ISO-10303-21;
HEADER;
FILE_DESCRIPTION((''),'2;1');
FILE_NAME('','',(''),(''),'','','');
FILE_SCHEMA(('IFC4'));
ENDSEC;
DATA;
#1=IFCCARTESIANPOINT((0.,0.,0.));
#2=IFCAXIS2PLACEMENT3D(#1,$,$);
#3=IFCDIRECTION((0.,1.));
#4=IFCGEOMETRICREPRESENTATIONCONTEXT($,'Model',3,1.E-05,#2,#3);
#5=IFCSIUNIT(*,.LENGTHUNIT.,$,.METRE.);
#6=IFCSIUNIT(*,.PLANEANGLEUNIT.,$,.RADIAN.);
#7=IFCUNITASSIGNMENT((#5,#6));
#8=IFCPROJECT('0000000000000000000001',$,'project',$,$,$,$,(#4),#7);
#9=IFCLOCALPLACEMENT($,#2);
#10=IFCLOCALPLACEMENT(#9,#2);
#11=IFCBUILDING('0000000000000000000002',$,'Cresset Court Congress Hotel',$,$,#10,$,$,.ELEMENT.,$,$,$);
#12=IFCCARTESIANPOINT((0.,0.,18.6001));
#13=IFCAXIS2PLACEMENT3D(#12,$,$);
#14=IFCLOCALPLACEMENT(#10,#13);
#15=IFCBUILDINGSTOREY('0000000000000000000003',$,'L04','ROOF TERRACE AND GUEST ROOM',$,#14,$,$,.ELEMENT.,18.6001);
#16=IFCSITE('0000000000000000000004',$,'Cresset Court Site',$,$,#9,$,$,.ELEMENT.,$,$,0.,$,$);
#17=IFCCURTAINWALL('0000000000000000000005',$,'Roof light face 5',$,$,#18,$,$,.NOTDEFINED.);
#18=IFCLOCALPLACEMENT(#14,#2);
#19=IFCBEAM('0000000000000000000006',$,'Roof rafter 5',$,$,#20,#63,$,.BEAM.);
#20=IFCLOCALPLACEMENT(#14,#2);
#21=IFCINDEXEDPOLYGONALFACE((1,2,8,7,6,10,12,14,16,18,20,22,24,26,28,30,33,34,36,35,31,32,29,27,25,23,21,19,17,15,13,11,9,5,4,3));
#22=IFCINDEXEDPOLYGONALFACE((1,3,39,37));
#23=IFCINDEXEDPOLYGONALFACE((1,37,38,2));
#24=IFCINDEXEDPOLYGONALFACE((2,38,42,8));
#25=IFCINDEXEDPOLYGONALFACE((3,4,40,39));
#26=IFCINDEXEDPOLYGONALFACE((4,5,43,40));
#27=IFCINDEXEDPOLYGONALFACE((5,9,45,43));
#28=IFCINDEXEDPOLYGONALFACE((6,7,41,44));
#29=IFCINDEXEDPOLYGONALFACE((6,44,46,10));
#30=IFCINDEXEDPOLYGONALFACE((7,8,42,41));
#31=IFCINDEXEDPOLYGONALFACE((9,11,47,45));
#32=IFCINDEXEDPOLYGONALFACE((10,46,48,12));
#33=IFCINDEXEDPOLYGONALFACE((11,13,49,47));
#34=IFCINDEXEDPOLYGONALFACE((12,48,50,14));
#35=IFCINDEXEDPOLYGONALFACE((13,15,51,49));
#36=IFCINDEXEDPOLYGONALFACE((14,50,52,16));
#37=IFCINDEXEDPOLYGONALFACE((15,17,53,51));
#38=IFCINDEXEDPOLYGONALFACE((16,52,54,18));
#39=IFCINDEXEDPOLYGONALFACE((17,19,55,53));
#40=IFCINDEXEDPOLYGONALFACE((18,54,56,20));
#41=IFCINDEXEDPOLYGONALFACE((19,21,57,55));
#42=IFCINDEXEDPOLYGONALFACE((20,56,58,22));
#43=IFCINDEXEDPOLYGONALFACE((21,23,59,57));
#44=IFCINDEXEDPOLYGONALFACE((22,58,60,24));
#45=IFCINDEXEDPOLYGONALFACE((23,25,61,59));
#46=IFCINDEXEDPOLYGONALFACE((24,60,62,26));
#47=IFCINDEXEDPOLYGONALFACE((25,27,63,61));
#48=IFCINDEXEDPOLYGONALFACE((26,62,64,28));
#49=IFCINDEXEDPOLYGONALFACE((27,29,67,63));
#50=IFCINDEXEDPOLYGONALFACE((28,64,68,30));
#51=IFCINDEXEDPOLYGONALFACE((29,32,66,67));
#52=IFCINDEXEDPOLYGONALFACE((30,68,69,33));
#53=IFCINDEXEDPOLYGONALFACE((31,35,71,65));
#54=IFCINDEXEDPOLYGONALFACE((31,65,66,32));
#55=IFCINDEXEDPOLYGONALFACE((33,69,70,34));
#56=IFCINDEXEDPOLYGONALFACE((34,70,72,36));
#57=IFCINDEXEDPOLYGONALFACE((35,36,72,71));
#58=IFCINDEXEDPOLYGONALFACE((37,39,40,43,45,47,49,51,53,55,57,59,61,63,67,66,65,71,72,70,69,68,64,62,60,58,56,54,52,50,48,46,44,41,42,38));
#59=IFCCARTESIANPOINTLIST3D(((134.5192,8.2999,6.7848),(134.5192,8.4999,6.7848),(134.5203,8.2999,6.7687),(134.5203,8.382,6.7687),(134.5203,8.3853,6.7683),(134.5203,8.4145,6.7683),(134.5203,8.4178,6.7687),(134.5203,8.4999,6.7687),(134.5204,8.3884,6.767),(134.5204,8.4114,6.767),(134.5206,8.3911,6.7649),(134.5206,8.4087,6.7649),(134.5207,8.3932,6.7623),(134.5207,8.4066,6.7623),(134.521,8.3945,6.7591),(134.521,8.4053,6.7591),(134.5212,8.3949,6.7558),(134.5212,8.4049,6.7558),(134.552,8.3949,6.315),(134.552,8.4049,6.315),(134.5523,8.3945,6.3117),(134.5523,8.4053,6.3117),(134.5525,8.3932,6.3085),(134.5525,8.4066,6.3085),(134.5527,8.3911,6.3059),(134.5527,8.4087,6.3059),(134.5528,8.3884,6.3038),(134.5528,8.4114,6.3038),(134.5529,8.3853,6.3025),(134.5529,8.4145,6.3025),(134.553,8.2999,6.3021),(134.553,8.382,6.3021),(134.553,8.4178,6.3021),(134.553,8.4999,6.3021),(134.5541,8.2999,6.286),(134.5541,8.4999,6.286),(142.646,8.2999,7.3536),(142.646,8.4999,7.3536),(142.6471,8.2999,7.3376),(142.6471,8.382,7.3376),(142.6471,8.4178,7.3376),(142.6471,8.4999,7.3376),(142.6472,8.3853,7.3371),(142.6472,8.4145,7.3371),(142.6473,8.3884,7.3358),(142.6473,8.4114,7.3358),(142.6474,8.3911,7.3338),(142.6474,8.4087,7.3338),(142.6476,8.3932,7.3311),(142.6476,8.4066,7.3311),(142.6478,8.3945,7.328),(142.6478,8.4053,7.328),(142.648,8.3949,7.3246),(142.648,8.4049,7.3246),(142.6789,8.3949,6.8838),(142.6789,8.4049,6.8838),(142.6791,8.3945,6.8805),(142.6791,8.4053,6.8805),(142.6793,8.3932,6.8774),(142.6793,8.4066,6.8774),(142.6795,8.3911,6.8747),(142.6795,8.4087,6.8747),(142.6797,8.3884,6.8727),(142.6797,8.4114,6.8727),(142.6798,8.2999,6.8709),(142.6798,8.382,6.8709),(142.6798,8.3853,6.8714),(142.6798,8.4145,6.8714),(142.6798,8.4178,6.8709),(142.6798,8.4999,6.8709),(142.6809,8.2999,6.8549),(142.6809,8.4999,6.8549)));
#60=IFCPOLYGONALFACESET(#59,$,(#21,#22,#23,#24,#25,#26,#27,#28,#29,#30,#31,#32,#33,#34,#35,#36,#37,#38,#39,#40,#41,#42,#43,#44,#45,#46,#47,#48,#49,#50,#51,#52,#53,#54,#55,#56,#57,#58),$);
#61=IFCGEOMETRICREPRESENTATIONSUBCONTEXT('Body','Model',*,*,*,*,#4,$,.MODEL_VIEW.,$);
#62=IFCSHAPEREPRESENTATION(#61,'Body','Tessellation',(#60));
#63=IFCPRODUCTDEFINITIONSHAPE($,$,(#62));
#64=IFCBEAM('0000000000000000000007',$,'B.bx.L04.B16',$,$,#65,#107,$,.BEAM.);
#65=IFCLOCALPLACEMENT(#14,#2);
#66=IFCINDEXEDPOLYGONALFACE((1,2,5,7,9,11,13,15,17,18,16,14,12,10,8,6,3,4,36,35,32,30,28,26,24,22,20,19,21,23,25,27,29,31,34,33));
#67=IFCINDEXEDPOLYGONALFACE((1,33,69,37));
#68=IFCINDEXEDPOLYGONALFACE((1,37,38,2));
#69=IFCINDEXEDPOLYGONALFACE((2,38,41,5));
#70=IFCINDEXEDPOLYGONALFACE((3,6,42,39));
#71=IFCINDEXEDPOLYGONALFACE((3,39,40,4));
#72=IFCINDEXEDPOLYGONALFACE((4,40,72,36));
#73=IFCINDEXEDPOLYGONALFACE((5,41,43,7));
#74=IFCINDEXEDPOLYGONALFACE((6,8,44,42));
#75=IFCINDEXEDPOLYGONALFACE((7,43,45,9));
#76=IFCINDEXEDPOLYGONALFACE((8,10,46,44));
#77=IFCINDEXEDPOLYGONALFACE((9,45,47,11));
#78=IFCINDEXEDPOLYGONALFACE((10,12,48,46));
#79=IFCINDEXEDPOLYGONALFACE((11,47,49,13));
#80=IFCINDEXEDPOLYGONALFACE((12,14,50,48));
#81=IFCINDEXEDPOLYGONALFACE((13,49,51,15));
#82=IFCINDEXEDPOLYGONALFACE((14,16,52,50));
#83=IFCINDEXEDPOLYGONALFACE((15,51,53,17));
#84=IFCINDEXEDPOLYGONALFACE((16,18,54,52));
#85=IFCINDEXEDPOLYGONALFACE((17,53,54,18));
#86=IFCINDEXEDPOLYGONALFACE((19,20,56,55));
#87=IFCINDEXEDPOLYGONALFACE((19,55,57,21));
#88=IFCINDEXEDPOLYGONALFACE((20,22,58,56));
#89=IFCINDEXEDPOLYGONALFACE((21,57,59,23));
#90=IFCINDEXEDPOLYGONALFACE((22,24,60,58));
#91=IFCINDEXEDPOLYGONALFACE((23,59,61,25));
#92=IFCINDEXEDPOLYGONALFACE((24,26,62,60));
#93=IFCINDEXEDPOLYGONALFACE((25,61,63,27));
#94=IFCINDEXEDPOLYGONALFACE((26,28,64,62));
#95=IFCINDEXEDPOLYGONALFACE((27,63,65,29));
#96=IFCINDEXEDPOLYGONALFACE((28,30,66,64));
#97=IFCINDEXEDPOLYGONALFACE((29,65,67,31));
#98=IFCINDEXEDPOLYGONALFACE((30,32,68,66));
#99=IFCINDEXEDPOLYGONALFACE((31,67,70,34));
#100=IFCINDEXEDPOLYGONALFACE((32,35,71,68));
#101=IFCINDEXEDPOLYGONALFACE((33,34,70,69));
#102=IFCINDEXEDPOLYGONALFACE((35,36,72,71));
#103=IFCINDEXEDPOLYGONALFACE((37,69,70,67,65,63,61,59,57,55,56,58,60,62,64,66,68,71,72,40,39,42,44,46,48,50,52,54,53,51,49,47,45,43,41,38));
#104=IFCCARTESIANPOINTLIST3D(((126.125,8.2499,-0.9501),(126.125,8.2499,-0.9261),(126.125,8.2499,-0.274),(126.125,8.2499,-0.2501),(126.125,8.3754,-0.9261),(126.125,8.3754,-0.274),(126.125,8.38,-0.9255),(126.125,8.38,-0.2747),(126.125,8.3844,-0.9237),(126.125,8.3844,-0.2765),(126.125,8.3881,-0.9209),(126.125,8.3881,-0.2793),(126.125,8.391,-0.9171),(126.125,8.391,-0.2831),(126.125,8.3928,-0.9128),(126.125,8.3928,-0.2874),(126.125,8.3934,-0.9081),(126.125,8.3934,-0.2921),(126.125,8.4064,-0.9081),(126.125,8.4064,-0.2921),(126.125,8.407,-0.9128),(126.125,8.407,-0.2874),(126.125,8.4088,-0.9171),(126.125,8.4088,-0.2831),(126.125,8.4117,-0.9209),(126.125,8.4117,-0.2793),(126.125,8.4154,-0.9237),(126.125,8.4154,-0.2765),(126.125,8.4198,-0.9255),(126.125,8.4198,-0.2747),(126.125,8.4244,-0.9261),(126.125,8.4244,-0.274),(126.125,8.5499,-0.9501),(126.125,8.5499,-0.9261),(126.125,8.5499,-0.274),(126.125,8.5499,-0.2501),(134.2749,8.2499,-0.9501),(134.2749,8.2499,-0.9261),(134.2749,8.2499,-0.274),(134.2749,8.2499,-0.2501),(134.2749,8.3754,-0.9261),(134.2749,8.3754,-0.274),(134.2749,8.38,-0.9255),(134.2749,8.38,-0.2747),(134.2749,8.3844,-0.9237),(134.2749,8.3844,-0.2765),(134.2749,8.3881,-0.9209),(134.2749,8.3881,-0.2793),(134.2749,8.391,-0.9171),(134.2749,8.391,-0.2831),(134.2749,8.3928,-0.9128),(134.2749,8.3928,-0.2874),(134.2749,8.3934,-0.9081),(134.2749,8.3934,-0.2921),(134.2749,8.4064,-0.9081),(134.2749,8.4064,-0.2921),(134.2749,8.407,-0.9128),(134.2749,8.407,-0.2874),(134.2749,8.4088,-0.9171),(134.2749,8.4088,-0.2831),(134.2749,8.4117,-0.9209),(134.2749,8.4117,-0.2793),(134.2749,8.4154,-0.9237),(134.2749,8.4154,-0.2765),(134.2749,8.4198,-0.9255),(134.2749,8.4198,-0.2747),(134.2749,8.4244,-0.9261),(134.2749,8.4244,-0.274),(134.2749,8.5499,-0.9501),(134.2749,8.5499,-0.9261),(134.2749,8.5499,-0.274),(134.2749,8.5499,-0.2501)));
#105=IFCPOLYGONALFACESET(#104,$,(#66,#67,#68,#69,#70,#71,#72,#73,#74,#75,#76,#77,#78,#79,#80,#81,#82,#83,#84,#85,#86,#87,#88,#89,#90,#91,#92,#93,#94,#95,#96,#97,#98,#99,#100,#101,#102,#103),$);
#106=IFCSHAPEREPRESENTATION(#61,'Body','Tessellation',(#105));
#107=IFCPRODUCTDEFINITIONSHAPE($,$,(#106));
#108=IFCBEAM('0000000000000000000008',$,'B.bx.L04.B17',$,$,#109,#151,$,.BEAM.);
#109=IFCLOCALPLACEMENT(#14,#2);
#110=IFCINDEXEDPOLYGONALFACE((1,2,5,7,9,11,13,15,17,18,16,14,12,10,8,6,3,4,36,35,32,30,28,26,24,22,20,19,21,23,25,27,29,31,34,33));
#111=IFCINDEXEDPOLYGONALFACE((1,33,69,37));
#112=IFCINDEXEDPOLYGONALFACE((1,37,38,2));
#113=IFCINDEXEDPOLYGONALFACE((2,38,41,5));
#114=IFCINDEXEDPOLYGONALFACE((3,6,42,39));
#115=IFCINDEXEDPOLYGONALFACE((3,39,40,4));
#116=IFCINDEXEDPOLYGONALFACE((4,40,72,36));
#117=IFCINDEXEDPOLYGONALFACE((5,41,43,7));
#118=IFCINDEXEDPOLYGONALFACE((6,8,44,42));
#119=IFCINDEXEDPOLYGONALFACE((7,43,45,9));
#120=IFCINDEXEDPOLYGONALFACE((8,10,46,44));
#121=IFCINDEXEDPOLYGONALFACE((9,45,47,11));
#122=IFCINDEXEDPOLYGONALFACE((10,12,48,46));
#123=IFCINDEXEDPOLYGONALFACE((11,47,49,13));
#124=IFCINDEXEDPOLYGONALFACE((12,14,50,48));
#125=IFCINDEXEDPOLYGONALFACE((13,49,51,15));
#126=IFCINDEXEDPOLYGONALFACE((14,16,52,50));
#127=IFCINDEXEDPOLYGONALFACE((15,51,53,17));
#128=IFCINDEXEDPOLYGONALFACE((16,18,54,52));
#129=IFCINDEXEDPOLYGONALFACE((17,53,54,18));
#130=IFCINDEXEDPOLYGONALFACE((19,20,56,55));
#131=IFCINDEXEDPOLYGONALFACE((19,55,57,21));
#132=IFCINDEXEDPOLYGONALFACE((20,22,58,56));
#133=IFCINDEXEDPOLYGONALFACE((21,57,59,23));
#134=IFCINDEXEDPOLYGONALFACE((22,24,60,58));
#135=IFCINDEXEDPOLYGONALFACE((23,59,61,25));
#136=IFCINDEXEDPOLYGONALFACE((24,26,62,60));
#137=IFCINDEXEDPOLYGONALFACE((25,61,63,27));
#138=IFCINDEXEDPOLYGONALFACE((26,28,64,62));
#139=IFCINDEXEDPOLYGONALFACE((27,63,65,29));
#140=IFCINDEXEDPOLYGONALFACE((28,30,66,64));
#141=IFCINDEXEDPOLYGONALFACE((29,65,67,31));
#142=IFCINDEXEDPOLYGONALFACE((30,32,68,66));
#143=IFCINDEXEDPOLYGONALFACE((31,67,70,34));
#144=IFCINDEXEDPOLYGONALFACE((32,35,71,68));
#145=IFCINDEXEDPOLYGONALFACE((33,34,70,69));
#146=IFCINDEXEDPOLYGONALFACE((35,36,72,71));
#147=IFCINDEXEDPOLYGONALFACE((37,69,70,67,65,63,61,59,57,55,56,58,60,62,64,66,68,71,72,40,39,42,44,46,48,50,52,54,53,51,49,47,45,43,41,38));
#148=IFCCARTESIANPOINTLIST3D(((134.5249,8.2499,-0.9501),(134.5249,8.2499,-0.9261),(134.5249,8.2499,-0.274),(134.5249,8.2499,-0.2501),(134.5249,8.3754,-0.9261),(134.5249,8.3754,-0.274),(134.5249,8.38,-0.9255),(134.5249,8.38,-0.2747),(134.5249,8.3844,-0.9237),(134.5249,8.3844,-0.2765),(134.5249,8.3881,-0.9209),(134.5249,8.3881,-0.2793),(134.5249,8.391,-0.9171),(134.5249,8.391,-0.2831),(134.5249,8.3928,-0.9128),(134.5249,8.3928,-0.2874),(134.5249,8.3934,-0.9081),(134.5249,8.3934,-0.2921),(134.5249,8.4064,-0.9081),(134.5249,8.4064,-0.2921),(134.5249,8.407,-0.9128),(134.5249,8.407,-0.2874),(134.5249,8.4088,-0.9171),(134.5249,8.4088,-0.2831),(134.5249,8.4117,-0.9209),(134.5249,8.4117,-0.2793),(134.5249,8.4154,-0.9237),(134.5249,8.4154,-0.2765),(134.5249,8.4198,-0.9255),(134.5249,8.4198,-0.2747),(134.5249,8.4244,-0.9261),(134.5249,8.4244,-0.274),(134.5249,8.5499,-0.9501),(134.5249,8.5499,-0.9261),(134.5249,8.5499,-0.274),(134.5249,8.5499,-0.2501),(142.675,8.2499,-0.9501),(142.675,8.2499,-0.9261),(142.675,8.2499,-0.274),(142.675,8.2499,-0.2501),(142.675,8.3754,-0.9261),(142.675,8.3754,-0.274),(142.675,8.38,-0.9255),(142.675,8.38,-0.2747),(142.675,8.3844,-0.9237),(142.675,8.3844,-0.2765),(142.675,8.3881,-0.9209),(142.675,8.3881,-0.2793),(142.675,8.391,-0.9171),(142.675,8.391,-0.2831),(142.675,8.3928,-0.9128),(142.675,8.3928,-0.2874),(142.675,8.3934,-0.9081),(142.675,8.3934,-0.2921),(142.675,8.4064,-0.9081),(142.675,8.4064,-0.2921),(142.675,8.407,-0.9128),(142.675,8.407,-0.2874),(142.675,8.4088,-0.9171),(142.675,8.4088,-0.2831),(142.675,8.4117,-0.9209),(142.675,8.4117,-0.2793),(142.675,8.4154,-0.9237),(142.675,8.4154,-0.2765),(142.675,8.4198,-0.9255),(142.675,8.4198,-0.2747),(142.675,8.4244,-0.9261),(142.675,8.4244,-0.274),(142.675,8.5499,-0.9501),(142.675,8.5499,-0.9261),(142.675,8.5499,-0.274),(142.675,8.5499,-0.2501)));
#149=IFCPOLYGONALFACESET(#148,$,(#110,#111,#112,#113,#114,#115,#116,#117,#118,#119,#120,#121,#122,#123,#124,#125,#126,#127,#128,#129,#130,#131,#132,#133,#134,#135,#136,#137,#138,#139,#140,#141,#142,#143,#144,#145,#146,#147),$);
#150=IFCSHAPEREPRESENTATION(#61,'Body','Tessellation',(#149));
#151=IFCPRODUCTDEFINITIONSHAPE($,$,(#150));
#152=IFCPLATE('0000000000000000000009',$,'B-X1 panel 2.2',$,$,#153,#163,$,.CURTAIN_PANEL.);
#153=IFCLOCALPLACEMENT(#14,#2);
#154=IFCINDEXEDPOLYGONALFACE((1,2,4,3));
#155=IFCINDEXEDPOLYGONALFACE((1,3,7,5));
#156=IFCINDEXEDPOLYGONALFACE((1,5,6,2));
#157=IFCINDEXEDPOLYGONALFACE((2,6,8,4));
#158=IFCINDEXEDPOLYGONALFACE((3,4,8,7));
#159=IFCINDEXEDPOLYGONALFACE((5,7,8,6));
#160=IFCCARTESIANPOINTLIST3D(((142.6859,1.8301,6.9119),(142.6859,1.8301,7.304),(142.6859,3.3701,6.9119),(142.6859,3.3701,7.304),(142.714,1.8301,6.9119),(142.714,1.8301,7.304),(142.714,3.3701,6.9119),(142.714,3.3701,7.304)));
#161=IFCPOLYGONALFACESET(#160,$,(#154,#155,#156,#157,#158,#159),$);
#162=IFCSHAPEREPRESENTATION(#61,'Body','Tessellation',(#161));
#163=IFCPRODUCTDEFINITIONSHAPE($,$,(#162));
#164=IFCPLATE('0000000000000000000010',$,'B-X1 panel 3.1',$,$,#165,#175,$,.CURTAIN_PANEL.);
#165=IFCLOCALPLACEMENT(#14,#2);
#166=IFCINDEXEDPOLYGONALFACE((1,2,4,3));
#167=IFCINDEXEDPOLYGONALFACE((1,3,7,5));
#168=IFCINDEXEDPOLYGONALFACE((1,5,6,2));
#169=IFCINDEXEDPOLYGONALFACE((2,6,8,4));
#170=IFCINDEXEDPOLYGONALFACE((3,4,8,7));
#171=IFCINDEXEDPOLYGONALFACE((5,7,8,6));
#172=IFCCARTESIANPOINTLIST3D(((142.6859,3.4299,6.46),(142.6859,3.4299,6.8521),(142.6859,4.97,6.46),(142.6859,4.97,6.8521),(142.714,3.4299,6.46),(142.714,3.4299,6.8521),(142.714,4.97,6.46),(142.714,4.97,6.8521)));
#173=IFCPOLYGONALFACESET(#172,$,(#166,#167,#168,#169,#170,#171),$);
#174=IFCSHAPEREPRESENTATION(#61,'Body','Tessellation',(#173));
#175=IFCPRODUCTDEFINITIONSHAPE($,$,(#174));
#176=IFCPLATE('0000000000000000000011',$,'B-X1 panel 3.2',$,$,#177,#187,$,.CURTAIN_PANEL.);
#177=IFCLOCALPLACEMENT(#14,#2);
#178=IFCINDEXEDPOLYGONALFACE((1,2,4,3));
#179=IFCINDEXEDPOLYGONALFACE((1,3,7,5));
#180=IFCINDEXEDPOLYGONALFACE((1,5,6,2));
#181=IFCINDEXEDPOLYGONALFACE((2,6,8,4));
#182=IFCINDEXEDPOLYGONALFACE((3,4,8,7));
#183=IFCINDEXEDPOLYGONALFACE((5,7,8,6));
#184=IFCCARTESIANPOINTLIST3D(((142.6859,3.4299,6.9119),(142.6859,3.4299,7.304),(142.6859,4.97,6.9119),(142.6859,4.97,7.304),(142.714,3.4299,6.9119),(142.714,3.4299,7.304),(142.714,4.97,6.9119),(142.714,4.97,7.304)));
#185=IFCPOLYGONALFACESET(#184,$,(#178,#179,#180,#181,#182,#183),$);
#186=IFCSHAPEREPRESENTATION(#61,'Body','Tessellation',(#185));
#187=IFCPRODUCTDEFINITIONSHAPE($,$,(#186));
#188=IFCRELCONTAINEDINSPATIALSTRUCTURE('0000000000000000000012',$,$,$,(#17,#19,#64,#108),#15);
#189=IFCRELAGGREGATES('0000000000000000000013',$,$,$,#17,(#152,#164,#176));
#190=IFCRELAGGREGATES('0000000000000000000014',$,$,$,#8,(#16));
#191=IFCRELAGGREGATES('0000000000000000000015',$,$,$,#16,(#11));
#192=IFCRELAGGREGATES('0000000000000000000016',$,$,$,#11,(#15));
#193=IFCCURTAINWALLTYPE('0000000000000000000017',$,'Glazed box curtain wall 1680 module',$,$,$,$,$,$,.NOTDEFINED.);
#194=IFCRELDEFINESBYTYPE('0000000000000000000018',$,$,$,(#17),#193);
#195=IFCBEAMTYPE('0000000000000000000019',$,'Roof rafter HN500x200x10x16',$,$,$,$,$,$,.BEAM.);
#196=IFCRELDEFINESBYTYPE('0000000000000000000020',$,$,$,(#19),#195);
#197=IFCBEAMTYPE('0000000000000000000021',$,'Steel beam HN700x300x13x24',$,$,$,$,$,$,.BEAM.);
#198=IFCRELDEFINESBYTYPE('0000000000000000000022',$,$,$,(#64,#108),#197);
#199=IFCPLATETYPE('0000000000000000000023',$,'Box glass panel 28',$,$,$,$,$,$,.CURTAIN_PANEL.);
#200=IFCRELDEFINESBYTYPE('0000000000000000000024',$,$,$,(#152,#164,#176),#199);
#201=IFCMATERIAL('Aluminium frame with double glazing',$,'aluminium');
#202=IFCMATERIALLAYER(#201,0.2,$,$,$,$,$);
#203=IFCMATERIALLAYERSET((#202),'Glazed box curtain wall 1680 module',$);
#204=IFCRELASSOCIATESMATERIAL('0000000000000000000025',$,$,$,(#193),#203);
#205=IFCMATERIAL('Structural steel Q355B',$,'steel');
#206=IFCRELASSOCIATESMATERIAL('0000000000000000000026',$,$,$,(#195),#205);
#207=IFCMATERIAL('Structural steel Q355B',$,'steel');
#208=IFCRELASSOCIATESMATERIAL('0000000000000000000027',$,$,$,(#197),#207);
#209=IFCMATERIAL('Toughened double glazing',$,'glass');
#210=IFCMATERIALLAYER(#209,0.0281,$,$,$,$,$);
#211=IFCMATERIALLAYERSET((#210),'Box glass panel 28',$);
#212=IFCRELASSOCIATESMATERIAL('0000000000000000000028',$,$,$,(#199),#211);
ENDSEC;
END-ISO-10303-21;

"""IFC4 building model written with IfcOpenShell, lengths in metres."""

from ifc_helpers import new_model, si_unit, direction, frame, origin, origin_2d, place, context, subcontext, project, spatial, rectangle, i_section, extrude, material, layer, layer_set, material_profile, profile_set, type_object, element, aggregate, save


model = new_model("IFC4")

# Units and contexts
model_context = context("Model", 3, precision=1e-05, world=origin(), true_north=direction((0.0, 1.0)))
body_context = subcontext(model_context, "Body", "Model", "MODEL_VIEW")
ifc_project = project(units=[si_unit("LENGTHUNIT", "METRE"), si_unit("PLANEANGLEUNIT", "RADIAN")], contexts=[model_context])

# Site, building, storey
site_placement = place(None, origin())
site = spatial("IfcSite", under=ifc_project, at=site_placement, Name="Cresset Court Site", CompositionType="ELEMENT", RefElevation=0.0)
building_placement = place(site_placement, origin())
building = spatial("IfcBuilding", under=site, at=building_placement, Name="Cresset Court Congress Hotel", CompositionType="ELEMENT")
storey_placement = place(building_placement, frame((0.0, 0.0, 18.6001)))
storey = spatial("IfcBuildingStorey", under=building, at=storey_placement, Name="L04", Description="ROOF TERRACE AND GUEST ROOM", CompositionType="ELEMENT", Elevation=18.6001)

# Curtain wall
ifc_material_1 = material(Name="Aluminium frame with double glazing", Category="aluminium")
ifc_layer_1 = layer(ifc_material_1, 0.2)
ifc_layer_set_1 = layer_set([ifc_layer_1], Name="Glazed box curtain wall 1680 module")
curtain_wall_type = type_object("IfcCurtainWallType", Name="Glazed box curtain wall 1680 module", PredefinedType="NOTDEFINED", material=ifc_layer_set_1)
curtain_wall_placement = place(storey_placement, origin())
curtain_wall = element("IfcCurtainWall", 1, at=curtain_wall_placement, inside=storey, type_object=curtain_wall_type, Name="Roof light face 5", PredefinedType="NOTDEFINED")

# Beams
ifc_material_2 = material(Name="Structural steel Q355B", Category="steel")
ifc_material_profile_1 = material_profile(ifc_material_2, i_section(OverallWidth=0.2, OverallDepth=0.5, WebThickness=0.01, FlangeThickness=0.0161, FilletRadius=0.0129, at=origin_2d()), Name="HN500x200x10x16")
ifc_profile_set_1 = profile_set([ifc_material_profile_1], Name="Structural steel Q355B")
beam_type_1 = type_object("IfcBeamType", Name="Roof rafter HN500x200x10x16", PredefinedType="BEAM", material=ifc_profile_set_1)
for number, where, z_axis, x_axis, name in (
    (2, (134.5366, 8.3999, 6.5354), (0.997559, 0.0, 0.069824), (0.0, 1.0, 0.0), "Roof rafter 5"),
):
    element("IfcBeam", number, at=place(storey_placement, frame(where, z_axis=z_axis, x_axis=x_axis)), inside=storey, type_object=beam_type_1, Name=name, PredefinedType="BEAM", context=body_context, shape_type="SweptSolid", body=[
        extrude(i_section(OverallWidth=0.2, OverallDepth=0.5, WebThickness=0.01, FlangeThickness=0.0161, FilletRadius=0.0129, at=origin_2d()), origin(), (0.0, 0.0, 1.0), 8.1467),
    ])
ifc_material_3 = material(Name="Structural steel Q355B", Category="steel")
ifc_material_profile_2 = material_profile(ifc_material_3, i_section(OverallWidth=0.3, OverallDepth=0.7, WebThickness=0.0129, FlangeThickness=0.0239, FilletRadius=0.0181, at=origin_2d()), Name="HN700x300x13x24")
ifc_profile_set_2 = profile_set([ifc_material_profile_2], Name="Structural steel Q355B")
beam_type_2 = type_object("IfcBeamType", Name="Steel beam HN700x300x13x24", PredefinedType="BEAM", material=ifc_profile_set_2)
beam_1_placement = place(storey_placement, frame((126.125, 8.3999, -0.6001), z_axis=(1.0, 0.0, 0.0), x_axis=(0.0, 1.0, 0.0)))
element("IfcBeam", 3, at=beam_1_placement, inside=storey, type_object=beam_type_2, Name="B.bx.L04.B16", PredefinedType="BEAM", context=body_context, shape_type="SweptSolid", body=[
    extrude(i_section(OverallWidth=0.3, OverallDepth=0.7, WebThickness=0.0129, FlangeThickness=0.0239, FilletRadius=0.0181, at=origin_2d()), origin(), (0.0, 0.0, 1.0), 8.1499),
])
beam_2_placement = place(storey_placement, frame((134.5249, 8.3999, -0.6001), z_axis=(1.0, 0.0, 0.0), x_axis=(0.0, 1.0, 0.0)))
element("IfcBeam", 4, at=beam_2_placement, inside=storey, type_object=beam_type_2, Name="B.bx.L04.B17", PredefinedType="BEAM", context=body_context, shape_type="SweptSolid", body=[
    extrude(i_section(OverallWidth=0.3, OverallDepth=0.7, WebThickness=0.0129, FlangeThickness=0.0239, FilletRadius=0.0181, at=origin_2d()), origin(), (0.0, 0.0, 1.0), 8.1501),
])

# Plates
ifc_material_4 = material(Name="Toughened double glazing", Category="glass")
ifc_layer_2 = layer(ifc_material_4, 0.0281)
ifc_layer_set_2 = layer_set([ifc_layer_2], Name="Box glass panel 28")
plate_type_1 = type_object("IfcPlateType", Name="Box glass panel 28", PredefinedType="CURTAIN_PANEL", material=ifc_layer_set_2)
plate_1_placement = place(storey_placement, frame((142.7, 2.6001, 6.9119), z_axis=(0.0, 0.0, 1.0), x_axis=(0.0, 1.0, 0.0)))
plate_1 = element("IfcPlate", 5, at=plate_1_placement, type_object=plate_type_1, Name="B-X1 panel 2.2", PredefinedType="CURTAIN_PANEL", context=body_context, shape_type="SweptSolid", body=[
    extrude(rectangle(XDim=1.54, YDim=0.0281, at=origin_2d()), origin(), (0.0, 0.0, 1.0), 0.3921),
])
plate_2_placement = place(storey_placement, frame((142.7, 4.2, 6.46), z_axis=(0.0, 0.0, 1.0), x_axis=(0.0, 1.0, 0.0)))
plate_2 = element("IfcPlate", 6, at=plate_2_placement, type_object=plate_type_1, Name="B-X1 panel 3.1", PredefinedType="CURTAIN_PANEL", context=body_context, shape_type="SweptSolid", body=[
    extrude(rectangle(XDim=1.54, YDim=0.0281, at=origin_2d()), origin(), (0.0, 0.0, 1.0), 0.3921),
])
plate_3_placement = place(storey_placement, frame((142.7, 4.2, 6.9119), z_axis=(0.0, 0.0, 1.0), x_axis=(0.0, 1.0, 0.0)))
plate_3 = element("IfcPlate", 7, at=plate_3_placement, type_object=plate_type_1, Name="B-X1 panel 3.2", PredefinedType="CURTAIN_PANEL", context=body_context, shape_type="SweptSolid", body=[
    extrude(rectangle(XDim=1.54, YDim=0.0281, at=origin_2d()), origin(), (0.0, 0.0, 1.0), 0.3921),
])
aggregate(curtain_wall, [plate_1, plate_2, plate_3])

save(model, "model.ifc")
